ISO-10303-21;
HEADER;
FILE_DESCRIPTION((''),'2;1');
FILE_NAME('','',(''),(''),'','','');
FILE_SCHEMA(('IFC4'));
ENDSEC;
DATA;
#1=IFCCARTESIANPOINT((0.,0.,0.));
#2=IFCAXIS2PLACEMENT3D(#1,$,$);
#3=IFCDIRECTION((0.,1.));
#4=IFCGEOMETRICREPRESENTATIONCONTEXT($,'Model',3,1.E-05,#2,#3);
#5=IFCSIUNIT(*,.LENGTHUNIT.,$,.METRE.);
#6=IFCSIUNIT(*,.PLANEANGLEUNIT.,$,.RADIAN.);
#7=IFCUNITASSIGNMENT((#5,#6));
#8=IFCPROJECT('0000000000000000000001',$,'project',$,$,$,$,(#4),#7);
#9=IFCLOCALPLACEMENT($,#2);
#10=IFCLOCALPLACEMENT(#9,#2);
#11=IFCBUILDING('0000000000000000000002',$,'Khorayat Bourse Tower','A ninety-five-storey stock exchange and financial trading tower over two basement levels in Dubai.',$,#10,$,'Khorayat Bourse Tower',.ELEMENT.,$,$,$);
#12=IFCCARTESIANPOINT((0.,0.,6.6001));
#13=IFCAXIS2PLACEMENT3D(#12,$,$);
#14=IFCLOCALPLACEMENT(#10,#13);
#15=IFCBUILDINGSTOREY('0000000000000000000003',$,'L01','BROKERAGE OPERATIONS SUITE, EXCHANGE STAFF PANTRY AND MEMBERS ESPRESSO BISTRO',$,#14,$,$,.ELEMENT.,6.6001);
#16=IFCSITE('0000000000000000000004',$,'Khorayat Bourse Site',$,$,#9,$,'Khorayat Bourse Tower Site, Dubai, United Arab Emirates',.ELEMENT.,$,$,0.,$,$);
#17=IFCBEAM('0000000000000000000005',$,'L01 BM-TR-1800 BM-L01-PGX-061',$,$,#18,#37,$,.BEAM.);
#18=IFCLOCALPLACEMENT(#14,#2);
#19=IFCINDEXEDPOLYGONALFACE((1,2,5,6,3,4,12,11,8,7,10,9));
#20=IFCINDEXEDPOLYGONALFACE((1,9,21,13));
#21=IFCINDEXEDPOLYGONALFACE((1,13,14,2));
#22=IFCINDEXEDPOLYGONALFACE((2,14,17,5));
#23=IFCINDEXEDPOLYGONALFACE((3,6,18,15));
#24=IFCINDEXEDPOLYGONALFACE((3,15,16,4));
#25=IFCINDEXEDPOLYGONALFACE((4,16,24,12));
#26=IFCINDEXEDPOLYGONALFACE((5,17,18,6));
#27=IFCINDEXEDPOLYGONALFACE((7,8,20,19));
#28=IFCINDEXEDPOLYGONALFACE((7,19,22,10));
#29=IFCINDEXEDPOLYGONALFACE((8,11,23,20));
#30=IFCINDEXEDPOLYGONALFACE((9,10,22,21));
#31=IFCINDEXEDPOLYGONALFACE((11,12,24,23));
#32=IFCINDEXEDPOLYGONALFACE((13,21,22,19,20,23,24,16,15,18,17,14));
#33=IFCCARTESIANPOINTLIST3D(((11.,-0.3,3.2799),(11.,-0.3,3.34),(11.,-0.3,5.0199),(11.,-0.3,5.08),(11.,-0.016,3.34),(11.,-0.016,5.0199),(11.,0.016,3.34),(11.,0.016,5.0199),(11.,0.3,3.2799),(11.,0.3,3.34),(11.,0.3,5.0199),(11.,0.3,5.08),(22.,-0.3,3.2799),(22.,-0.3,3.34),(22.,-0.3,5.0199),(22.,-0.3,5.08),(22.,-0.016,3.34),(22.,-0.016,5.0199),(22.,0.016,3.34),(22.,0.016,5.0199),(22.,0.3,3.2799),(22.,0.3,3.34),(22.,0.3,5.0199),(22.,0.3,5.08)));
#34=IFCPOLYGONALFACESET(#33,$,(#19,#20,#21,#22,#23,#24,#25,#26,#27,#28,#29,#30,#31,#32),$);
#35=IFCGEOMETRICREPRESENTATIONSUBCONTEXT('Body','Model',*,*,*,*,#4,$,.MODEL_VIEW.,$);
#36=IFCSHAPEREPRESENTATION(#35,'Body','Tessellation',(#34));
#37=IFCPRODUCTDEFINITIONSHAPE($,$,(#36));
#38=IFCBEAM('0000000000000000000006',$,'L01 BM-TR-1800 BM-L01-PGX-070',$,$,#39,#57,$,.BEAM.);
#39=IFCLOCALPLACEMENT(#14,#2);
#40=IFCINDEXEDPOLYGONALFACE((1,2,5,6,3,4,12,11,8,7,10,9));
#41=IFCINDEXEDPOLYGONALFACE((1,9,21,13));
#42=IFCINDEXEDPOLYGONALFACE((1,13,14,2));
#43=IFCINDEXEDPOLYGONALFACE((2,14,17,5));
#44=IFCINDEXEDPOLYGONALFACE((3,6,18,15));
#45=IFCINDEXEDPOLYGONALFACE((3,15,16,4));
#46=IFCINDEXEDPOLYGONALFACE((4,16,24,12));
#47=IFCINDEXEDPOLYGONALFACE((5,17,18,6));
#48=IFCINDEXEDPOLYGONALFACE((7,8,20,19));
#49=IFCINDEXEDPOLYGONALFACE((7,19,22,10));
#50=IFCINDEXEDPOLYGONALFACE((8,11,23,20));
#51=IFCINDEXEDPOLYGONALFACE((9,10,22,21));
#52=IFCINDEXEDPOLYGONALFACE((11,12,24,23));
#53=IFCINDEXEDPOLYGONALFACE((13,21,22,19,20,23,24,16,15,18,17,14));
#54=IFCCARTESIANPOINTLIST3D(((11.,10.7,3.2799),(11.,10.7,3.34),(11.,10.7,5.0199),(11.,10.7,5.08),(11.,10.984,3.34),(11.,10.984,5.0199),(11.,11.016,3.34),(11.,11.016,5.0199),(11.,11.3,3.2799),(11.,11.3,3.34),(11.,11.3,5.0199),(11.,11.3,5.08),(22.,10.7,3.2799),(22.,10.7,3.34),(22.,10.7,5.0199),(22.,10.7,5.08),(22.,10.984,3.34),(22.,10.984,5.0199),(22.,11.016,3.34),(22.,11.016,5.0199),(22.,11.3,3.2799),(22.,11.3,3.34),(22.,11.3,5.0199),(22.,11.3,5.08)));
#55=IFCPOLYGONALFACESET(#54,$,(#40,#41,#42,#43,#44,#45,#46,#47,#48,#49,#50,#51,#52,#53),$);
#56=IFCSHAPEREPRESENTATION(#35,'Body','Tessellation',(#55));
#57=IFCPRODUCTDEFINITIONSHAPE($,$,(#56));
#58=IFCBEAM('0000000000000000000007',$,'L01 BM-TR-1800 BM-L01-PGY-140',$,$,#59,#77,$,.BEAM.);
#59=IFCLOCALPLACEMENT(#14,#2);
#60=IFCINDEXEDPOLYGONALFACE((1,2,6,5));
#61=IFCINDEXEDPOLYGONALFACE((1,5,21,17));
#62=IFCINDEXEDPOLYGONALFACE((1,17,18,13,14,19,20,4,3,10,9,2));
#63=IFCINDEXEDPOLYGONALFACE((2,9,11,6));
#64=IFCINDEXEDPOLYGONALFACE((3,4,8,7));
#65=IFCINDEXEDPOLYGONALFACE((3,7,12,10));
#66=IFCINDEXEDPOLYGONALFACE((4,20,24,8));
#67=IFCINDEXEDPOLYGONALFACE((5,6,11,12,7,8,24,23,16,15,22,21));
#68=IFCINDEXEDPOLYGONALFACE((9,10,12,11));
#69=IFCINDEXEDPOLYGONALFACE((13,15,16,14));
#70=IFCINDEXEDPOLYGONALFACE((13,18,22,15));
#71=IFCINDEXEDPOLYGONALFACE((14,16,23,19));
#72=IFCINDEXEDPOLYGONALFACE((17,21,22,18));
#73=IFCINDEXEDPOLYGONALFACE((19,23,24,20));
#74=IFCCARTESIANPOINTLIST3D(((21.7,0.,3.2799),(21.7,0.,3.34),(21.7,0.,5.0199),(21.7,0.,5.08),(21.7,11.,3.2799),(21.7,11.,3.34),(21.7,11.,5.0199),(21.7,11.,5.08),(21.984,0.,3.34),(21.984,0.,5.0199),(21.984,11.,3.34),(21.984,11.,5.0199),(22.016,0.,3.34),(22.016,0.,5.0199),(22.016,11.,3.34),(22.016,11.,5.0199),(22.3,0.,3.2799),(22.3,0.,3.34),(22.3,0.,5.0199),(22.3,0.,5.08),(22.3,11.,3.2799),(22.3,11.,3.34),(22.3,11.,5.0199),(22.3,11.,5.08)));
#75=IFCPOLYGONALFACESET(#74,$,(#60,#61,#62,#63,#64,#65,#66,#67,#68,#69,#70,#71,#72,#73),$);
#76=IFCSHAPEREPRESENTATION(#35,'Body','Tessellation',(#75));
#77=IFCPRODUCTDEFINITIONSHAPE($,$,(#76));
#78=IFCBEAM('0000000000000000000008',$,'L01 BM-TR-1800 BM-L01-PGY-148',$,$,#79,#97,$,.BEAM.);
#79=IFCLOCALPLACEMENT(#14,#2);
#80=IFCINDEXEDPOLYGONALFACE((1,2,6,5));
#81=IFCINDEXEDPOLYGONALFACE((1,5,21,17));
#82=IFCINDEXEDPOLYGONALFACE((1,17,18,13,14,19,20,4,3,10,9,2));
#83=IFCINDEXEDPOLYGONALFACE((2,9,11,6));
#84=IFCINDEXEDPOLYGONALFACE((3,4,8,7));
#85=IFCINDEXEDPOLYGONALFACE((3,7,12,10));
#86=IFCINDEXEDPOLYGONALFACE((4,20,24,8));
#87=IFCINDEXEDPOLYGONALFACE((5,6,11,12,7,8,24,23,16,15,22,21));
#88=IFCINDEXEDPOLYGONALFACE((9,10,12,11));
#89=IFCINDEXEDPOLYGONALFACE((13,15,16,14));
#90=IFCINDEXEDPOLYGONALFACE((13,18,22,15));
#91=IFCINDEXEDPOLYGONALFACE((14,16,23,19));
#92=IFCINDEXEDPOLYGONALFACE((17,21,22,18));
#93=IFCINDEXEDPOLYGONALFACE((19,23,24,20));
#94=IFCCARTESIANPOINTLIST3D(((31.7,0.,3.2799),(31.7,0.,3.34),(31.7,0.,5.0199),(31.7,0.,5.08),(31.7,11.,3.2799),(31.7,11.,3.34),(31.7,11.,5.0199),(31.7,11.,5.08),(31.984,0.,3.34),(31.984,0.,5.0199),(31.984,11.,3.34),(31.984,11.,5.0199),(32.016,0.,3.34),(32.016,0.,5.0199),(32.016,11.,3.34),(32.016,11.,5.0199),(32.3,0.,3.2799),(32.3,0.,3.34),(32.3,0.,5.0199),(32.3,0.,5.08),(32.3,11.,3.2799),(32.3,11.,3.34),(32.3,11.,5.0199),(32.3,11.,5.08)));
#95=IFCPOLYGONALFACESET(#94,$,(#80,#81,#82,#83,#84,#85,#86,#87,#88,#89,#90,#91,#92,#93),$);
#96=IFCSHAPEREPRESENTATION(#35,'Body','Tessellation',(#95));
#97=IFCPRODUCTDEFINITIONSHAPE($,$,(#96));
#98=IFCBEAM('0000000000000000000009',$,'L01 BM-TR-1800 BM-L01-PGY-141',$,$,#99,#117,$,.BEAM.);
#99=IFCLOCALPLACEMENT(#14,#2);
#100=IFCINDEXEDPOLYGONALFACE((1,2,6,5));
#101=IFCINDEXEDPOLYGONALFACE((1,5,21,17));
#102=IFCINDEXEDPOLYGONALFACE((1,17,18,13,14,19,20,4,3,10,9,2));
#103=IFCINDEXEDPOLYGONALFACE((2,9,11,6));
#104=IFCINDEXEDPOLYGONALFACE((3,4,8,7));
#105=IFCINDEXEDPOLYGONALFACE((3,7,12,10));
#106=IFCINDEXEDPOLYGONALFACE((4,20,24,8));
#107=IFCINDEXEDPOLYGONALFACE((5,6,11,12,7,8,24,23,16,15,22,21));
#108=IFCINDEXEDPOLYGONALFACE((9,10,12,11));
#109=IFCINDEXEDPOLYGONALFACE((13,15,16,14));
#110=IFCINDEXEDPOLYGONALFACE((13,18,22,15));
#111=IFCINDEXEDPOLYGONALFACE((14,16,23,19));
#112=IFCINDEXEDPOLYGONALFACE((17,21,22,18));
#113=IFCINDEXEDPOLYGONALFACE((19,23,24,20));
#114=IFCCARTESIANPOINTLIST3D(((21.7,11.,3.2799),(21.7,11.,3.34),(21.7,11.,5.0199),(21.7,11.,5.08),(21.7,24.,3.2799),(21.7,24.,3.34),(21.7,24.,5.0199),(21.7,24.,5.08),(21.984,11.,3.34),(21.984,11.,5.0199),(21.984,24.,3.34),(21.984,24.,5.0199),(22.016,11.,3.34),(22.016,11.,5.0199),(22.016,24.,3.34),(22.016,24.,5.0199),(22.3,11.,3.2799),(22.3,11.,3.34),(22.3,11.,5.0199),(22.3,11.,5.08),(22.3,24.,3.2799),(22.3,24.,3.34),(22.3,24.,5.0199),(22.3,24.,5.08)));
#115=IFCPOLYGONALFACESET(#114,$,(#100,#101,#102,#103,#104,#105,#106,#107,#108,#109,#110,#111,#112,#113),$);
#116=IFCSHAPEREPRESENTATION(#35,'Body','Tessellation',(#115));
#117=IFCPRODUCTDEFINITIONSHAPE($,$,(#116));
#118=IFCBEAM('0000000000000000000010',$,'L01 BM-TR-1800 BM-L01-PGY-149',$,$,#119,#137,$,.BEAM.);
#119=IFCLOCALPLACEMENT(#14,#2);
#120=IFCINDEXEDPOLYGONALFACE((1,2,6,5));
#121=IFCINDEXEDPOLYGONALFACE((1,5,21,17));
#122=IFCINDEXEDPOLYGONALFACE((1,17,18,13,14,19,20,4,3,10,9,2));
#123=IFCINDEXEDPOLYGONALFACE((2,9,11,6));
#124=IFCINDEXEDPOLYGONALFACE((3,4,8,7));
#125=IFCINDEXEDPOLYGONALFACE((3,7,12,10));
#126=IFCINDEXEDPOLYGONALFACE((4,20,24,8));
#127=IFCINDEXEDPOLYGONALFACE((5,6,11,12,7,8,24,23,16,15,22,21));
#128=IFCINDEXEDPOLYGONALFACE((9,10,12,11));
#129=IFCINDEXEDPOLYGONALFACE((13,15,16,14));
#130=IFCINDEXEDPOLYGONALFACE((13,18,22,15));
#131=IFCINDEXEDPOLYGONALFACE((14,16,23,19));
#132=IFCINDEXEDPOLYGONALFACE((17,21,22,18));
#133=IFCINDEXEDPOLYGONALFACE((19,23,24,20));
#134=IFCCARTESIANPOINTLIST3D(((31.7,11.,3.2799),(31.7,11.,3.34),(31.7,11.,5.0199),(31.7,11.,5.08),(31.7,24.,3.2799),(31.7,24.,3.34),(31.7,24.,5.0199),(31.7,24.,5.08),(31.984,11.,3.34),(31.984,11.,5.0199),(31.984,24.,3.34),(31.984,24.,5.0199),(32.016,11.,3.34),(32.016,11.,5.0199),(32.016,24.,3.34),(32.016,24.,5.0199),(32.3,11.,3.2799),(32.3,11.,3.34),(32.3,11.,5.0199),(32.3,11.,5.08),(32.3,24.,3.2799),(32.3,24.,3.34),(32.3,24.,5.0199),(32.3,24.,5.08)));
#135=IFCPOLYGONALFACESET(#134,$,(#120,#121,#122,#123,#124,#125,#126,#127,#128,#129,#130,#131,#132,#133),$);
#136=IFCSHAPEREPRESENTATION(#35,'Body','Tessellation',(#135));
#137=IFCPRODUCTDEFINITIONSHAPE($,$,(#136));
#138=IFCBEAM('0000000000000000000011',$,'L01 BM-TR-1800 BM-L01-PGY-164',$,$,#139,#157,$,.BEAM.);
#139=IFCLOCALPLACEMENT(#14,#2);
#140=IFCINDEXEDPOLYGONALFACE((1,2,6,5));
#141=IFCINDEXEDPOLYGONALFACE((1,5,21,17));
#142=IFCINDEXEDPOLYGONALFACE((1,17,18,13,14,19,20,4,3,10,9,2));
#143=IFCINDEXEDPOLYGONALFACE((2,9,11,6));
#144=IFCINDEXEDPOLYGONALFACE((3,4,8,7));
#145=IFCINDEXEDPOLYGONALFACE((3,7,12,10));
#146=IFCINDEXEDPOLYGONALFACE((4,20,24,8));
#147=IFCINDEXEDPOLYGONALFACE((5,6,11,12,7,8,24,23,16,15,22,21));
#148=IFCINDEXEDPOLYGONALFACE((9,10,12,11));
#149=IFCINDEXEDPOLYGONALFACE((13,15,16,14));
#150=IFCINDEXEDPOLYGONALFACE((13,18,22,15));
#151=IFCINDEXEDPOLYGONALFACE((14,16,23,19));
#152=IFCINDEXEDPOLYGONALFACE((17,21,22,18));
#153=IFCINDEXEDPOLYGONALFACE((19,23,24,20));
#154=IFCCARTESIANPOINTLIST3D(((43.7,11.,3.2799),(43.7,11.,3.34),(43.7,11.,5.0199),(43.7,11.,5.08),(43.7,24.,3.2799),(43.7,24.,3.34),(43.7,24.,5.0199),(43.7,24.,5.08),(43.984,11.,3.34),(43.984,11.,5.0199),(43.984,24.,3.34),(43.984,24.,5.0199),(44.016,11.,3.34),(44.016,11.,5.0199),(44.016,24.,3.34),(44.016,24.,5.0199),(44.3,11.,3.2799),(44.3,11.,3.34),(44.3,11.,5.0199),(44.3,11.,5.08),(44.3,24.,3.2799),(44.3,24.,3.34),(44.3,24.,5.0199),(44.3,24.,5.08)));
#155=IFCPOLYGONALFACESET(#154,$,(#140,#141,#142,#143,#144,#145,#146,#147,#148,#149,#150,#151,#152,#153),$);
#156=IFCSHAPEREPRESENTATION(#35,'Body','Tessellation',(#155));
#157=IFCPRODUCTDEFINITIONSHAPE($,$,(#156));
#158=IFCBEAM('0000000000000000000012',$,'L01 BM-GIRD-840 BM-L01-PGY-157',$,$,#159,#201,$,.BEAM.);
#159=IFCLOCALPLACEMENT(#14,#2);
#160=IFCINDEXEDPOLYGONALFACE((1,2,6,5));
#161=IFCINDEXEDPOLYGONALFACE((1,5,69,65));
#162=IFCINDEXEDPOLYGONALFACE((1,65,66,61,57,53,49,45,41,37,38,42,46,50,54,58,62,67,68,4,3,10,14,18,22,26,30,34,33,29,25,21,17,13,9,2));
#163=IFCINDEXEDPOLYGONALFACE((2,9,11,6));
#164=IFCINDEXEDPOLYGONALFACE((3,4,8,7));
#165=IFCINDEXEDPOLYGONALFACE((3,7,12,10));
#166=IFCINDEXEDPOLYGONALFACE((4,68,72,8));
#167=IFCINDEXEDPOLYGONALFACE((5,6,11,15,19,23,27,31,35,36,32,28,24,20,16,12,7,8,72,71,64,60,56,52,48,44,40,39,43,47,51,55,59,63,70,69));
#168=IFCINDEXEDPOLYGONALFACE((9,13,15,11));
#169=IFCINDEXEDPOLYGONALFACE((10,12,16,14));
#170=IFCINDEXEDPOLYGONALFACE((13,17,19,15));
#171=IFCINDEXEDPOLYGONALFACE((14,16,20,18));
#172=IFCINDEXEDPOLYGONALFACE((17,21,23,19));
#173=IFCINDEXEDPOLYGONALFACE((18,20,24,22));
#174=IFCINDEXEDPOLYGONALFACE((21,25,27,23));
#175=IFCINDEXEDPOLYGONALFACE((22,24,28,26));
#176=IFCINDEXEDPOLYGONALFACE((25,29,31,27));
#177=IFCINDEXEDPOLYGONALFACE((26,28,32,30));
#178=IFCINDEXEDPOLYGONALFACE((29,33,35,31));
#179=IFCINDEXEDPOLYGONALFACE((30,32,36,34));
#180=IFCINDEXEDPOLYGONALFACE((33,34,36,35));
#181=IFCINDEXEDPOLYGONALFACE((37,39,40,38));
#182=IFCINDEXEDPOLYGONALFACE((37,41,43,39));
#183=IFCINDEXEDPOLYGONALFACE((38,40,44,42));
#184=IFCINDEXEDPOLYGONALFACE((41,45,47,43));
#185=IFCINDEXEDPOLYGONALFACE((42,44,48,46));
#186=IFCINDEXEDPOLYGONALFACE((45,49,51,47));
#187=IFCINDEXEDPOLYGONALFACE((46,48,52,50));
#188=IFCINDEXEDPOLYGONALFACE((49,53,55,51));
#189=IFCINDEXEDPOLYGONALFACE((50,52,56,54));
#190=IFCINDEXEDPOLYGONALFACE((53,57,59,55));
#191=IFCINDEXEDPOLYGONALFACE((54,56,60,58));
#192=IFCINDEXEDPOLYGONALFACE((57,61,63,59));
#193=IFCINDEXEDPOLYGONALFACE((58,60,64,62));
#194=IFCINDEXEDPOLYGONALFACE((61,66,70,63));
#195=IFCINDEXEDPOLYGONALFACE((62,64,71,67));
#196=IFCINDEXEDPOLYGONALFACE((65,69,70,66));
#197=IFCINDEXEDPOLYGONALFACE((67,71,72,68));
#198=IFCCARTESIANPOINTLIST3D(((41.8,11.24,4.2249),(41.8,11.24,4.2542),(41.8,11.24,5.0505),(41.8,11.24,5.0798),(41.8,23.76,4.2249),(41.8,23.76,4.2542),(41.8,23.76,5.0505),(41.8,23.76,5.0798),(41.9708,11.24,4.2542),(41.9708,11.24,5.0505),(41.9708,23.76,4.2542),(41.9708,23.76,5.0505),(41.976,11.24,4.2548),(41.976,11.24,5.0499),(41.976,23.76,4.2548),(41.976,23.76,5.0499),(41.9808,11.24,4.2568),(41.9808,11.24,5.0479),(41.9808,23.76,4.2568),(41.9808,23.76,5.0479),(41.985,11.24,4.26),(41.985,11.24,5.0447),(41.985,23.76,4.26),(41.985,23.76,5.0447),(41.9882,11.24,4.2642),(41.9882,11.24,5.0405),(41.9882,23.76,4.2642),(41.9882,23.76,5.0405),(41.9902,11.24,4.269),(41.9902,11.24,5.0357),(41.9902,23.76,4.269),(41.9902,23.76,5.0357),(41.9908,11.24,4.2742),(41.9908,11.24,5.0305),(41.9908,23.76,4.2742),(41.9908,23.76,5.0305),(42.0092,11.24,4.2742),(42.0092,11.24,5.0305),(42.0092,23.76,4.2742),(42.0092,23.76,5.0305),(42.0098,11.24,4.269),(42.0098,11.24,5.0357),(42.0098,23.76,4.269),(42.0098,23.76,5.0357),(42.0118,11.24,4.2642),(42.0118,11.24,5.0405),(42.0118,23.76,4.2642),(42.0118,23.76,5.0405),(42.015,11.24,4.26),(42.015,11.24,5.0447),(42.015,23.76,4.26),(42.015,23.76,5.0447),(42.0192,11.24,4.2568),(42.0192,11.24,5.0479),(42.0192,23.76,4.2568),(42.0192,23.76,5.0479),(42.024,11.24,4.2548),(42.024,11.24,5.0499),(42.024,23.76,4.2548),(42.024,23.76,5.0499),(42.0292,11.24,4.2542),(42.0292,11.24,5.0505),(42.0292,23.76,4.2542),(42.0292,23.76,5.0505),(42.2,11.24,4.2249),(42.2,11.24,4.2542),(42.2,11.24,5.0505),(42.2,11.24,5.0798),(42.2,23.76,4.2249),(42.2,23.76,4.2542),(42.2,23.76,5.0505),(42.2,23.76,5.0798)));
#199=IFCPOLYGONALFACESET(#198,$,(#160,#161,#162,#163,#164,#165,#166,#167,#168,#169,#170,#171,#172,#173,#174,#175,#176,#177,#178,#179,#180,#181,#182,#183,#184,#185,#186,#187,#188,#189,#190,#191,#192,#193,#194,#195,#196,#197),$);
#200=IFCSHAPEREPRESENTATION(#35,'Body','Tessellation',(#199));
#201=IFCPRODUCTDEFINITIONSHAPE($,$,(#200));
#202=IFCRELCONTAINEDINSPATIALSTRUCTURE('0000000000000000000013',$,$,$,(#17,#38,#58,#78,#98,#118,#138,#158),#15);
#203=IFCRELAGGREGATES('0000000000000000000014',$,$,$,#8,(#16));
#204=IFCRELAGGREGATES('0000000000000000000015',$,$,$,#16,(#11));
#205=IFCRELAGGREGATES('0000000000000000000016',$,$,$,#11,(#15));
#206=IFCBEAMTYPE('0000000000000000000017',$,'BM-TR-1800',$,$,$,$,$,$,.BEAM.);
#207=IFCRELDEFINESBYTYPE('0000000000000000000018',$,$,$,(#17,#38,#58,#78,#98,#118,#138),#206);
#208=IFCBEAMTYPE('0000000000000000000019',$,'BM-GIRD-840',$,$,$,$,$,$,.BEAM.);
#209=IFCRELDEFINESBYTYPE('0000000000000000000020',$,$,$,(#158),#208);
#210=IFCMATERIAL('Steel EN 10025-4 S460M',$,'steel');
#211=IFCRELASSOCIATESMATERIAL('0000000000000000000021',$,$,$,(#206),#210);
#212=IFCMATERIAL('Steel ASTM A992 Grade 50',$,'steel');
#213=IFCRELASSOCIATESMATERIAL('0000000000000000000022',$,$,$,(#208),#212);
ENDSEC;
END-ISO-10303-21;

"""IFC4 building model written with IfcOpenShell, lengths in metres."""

from ifc_helpers import new_model, si_unit, direction, frame, origin, origin_2d, place, context, subcontext, project, spatial, i_section, extrude, source, transform, mapped, material, material_profile, profile_set, type_object, element, save


model = new_model("IFC4")

# Units and contexts
model_context = context("Model", 3, precision=1e-05, world=origin(), true_north=direction((0.0, 1.0)))
body_context = subcontext(model_context, "Body", "Model", "MODEL_VIEW")
ifc_project = project(units=[si_unit("LENGTHUNIT", "METRE"), si_unit("PLANEANGLEUNIT", "RADIAN")], contexts=[model_context])

# Site, building, storey
site_placement = place(None, origin())
site = spatial("IfcSite", under=ifc_project, at=site_placement, Name="Khorayat Bourse Site", LongName="Khorayat Bourse Tower Site, Dubai, United Arab Emirates", CompositionType="ELEMENT", RefElevation=0.0)
building_placement = place(site_placement, origin())
building = spatial("IfcBuilding", under=site, at=building_placement, Name="Khorayat Bourse Tower", Description="A ninety-five-storey stock exchange and financial trading tower over two basement levels in Dubai.", LongName="Khorayat Bourse Tower", CompositionType="ELEMENT")
storey_placement = place(building_placement, frame((0.0, 0.0, 6.6001)))
storey = spatial("IfcBuildingStorey", under=building, at=storey_placement, Name="L01", Description="BROKERAGE OPERATIONS SUITE, EXCHANGE STAFF PANTRY AND MEMBERS ESPRESSO BISTRO", CompositionType="ELEMENT", Elevation=6.6001)

# Beams
ifc_material_1 = material(Name="Steel EN 10025-4 S460M", Category="steel")
ifc_material_profile_1 = material_profile(ifc_material_1, i_section(OverallWidth=0.6001, OverallDepth=1.8, WebThickness=0.032, FlangeThickness=0.0601, at=origin_2d()), Name="PG 1800x600x32x60")
ifc_profile_set_1 = profile_set([ifc_material_profile_1], Name="Steel EN 10025-4 S460M")
beam_type_1 = type_object("IfcBeamType", Name="BM-TR-1800", PredefinedType="BEAM", material=ifc_profile_set_1)
shared_shape_1 = source(origin(), body_context, "Body", "SweptSolid", [
    extrude(i_section(OverallWidth=0.6001, OverallDepth=1.8, WebThickness=0.032, FlangeThickness=0.0601, at=origin_2d()), origin(), (0.0, 0.0, 1.0), 11.0),
])
for number, where, z_axis, x_axis, name in (
    (1, (11.0, 0.0, 4.1799), (1.0, 0.0, 0.0), (0.0, 1.0, 0.0), "L01 BM-TR-1800 BM-L01-PGX-061"),
    (2, (11.0, 11.0, 4.1799), (1.0, 0.0, 0.0), (0.0, 1.0, 0.0), "L01 BM-TR-1800 BM-L01-PGX-070"),
    (3, (22.0, 0.0, 4.1799), (0.0, 1.0, 0.0), (-1.0, 0.0, 0.0), "L01 BM-TR-1800 BM-L01-PGY-140"),
    (4, (32.0, 0.0, 4.1799), (0.0, 1.0, 0.0), (-1.0, 0.0, 0.0), "L01 BM-TR-1800 BM-L01-PGY-148"),
):
    element("IfcBeam", number, at=place(storey_placement, frame(where, z_axis=z_axis, x_axis=x_axis)), inside=storey, type_object=beam_type_1, Name=name, PredefinedType="BEAM", context=body_context, shape_type="MappedRepresentation", body=[
        mapped(shared_shape_1, transform((0.0, 0.0, 0.0), scale=1.0)),
    ])
shared_shape_2 = source(origin(), body_context, "Body", "SweptSolid", [
    extrude(i_section(OverallWidth=0.6001, OverallDepth=1.8, WebThickness=0.032, FlangeThickness=0.0601, at=origin_2d()), origin(), (0.0, 0.0, 1.0), 13.0),
])
for number, where, z_axis, x_axis, name in (
    (5, (22.0, 11.0, 4.1799), (0.0, 1.0, 0.0), (-1.0, 0.0, 0.0), "L01 BM-TR-1800 BM-L01-PGY-141"),
    (6, (32.0, 11.0, 4.1799), (0.0, 1.0, 0.0), (-1.0, 0.0, 0.0), "L01 BM-TR-1800 BM-L01-PGY-149"),
    (7, (44.0, 11.0, 4.1799), (0.0, 1.0, 0.0), (-1.0, 0.0, 0.0), "L01 BM-TR-1800 BM-L01-PGY-164"),
):
    element("IfcBeam", number, at=place(storey_placement, frame(where, z_axis=z_axis, x_axis=x_axis)), inside=storey, type_object=beam_type_1, Name=name, PredefinedType="BEAM", context=body_context, shape_type="MappedRepresentation", body=[
        mapped(shared_shape_2, transform((0.0, 0.0, 0.0), scale=1.0)),
    ])
ifc_material_2 = material(Name="Steel ASTM A992 Grade 50", Category="steel")
ifc_material_profile_2 = material_profile(ifc_material_2, i_section(OverallWidth=0.3999, OverallDepth=0.855, WebThickness=0.0183, FlangeThickness=0.0293, FilletRadius=0.02, at=origin_2d()), Name="W840X299")
ifc_profile_set_2 = profile_set([ifc_material_profile_2], Name="Steel ASTM A992 Grade 50")
beam_type_2 = type_object("IfcBeamType", Name="BM-GIRD-840", PredefinedType="BEAM", material=ifc_profile_set_2)
shared_shape_3 = source(origin(), body_context, "Body", "SweptSolid", [
    extrude(i_section(OverallWidth=0.3999, OverallDepth=0.855, WebThickness=0.0183, FlangeThickness=0.0293, FilletRadius=0.02, at=origin_2d()), origin(), (0.0, 0.0, 1.0), 12.52),
])
beam_1_placement = place(storey_placement, frame((42.0, 11.24, 4.6523), z_axis=(0.0, 1.0, 0.0), x_axis=(-1.0, 0.0, 0.0)))
element("IfcBeam", 8, at=beam_1_placement, inside=storey, type_object=beam_type_2, Name="L01 BM-GIRD-840 BM-L01-PGY-157", PredefinedType="BEAM", context=body_context, shape_type="MappedRepresentation", body=[
    mapped(shared_shape_3, transform((0.0, 0.0, 0.0), scale=1.0)),
])

save(model, "model.ifc")
